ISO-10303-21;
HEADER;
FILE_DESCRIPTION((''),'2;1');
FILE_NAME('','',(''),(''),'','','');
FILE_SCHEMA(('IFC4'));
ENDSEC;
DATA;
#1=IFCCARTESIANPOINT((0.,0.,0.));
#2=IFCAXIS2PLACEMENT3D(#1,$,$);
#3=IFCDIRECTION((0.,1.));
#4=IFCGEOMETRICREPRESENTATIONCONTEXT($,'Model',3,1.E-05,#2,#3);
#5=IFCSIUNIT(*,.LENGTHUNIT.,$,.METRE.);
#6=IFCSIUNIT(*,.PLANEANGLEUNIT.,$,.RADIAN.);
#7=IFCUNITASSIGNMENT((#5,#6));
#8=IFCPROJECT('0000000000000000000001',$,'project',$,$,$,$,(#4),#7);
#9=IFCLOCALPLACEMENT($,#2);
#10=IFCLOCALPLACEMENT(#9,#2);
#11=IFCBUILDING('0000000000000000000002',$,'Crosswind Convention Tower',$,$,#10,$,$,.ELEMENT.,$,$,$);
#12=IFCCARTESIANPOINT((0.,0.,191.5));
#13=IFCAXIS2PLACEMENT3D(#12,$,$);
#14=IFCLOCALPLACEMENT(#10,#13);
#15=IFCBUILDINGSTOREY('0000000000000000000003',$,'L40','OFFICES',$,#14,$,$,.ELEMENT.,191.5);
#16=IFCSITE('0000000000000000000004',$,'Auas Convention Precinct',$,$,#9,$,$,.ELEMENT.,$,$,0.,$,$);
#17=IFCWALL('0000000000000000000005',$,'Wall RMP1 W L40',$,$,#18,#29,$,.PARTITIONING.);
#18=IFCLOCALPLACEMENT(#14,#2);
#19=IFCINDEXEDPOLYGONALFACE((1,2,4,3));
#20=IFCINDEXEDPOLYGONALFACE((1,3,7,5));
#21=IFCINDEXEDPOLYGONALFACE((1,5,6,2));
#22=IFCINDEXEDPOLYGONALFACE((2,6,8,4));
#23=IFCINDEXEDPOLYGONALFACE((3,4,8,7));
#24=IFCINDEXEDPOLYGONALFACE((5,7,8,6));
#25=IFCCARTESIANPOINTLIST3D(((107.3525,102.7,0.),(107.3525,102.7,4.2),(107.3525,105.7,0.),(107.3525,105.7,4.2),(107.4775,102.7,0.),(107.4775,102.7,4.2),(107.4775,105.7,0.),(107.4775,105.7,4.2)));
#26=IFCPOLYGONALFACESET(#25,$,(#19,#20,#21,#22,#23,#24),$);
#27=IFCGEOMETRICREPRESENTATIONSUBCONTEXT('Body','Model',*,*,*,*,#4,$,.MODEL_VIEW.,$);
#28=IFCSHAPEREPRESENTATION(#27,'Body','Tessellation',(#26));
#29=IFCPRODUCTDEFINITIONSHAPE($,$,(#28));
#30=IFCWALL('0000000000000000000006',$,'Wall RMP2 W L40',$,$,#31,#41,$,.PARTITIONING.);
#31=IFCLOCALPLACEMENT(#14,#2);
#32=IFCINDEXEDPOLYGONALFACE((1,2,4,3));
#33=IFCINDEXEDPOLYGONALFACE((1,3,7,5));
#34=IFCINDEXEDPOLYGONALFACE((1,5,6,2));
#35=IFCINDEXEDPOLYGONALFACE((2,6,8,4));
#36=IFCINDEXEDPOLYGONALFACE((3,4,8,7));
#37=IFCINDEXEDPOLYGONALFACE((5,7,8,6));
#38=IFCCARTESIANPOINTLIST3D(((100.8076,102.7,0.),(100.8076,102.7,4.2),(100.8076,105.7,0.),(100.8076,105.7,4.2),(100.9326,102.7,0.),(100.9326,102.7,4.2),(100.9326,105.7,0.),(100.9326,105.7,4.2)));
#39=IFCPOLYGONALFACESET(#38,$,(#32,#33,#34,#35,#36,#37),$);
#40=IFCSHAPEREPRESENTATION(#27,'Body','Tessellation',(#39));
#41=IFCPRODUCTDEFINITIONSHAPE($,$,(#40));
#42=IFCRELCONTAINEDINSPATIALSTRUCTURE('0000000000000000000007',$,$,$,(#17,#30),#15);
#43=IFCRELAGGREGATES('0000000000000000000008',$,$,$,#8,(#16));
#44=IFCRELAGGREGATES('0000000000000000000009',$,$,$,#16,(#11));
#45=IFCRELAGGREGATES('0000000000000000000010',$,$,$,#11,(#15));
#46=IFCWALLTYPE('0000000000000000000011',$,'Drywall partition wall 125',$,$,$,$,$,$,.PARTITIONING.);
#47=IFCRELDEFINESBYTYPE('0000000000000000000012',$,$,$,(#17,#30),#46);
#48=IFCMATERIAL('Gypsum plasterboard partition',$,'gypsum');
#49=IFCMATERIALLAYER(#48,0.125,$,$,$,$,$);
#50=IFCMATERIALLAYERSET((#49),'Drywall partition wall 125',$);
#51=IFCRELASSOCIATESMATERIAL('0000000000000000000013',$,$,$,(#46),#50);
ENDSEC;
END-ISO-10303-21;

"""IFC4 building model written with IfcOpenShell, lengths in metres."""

from ifc_helpers import new_model, si_unit, direction, frame, frame_2d, origin, place, context, subcontext, project, spatial, rectangle, extrude, material, layer, layer_set, type_object, element, save


model = new_model("IFC4")

# Units and contexts
model_context = context("Model", 3, precision=1e-05, world=origin(), true_north=direction((0.0, 1.0)))
body_context = subcontext(model_context, "Body", "Model", "MODEL_VIEW")
ifc_project = project(units=[si_unit("LENGTHUNIT", "METRE"), si_unit("PLANEANGLEUNIT", "RADIAN")], contexts=[model_context])

# Site, building, storey
site_placement = place(None, origin())
site = spatial("IfcSite", under=ifc_project, at=site_placement, Name="Auas Convention Precinct", CompositionType="ELEMENT", RefElevation=0.0)
building_placement = place(site_placement, origin())
building = spatial("IfcBuilding", under=site, at=building_placement, Name="Crosswind Convention Tower", CompositionType="ELEMENT")
storey_placement = place(building_placement, frame((0.0, 0.0, 191.5)))
storey = spatial("IfcBuildingStorey", under=building, at=storey_placement, Name="L40", Description="OFFICES", CompositionType="ELEMENT", Elevation=191.5)

# Walls
ifc_material_1 = material(Name="Gypsum plasterboard partition", Category="gypsum")
ifc_layer_1 = layer(ifc_material_1, 0.125)
ifc_layer_set_1 = layer_set([ifc_layer_1], Name="Drywall partition wall 125")
wall_type_1 = type_object("IfcWallType", Name="Drywall partition wall 125", PredefinedType="PARTITIONING", material=ifc_layer_set_1)
for number, where, z_axis, x_axis, name in (
    (1, (107.415, 105.7, 0.0), (0.0, 0.0, 1.0), (0.0, -1.0, 0.0), "Wall RMP1 W L40"),
    (2, (100.8701, 105.7, 0.0), (0.0, 0.0, 1.0), (0.0, -1.0, 0.0), "Wall RMP2 W L40"),
):
    element("IfcWall", number, at=place(storey_placement, frame(where, z_axis=z_axis, x_axis=x_axis)), inside=storey, type_object=wall_type_1, Name=name, PredefinedType="PARTITIONING", context=body_context, shape_type="SweptSolid", body=[
        extrude(rectangle(XDim=3.0, YDim=0.125, at=frame_2d((1.5, 0.0))), origin(), (0.0, 0.0, 1.0), 4.2),
    ])

save(model, "model.ifc")
